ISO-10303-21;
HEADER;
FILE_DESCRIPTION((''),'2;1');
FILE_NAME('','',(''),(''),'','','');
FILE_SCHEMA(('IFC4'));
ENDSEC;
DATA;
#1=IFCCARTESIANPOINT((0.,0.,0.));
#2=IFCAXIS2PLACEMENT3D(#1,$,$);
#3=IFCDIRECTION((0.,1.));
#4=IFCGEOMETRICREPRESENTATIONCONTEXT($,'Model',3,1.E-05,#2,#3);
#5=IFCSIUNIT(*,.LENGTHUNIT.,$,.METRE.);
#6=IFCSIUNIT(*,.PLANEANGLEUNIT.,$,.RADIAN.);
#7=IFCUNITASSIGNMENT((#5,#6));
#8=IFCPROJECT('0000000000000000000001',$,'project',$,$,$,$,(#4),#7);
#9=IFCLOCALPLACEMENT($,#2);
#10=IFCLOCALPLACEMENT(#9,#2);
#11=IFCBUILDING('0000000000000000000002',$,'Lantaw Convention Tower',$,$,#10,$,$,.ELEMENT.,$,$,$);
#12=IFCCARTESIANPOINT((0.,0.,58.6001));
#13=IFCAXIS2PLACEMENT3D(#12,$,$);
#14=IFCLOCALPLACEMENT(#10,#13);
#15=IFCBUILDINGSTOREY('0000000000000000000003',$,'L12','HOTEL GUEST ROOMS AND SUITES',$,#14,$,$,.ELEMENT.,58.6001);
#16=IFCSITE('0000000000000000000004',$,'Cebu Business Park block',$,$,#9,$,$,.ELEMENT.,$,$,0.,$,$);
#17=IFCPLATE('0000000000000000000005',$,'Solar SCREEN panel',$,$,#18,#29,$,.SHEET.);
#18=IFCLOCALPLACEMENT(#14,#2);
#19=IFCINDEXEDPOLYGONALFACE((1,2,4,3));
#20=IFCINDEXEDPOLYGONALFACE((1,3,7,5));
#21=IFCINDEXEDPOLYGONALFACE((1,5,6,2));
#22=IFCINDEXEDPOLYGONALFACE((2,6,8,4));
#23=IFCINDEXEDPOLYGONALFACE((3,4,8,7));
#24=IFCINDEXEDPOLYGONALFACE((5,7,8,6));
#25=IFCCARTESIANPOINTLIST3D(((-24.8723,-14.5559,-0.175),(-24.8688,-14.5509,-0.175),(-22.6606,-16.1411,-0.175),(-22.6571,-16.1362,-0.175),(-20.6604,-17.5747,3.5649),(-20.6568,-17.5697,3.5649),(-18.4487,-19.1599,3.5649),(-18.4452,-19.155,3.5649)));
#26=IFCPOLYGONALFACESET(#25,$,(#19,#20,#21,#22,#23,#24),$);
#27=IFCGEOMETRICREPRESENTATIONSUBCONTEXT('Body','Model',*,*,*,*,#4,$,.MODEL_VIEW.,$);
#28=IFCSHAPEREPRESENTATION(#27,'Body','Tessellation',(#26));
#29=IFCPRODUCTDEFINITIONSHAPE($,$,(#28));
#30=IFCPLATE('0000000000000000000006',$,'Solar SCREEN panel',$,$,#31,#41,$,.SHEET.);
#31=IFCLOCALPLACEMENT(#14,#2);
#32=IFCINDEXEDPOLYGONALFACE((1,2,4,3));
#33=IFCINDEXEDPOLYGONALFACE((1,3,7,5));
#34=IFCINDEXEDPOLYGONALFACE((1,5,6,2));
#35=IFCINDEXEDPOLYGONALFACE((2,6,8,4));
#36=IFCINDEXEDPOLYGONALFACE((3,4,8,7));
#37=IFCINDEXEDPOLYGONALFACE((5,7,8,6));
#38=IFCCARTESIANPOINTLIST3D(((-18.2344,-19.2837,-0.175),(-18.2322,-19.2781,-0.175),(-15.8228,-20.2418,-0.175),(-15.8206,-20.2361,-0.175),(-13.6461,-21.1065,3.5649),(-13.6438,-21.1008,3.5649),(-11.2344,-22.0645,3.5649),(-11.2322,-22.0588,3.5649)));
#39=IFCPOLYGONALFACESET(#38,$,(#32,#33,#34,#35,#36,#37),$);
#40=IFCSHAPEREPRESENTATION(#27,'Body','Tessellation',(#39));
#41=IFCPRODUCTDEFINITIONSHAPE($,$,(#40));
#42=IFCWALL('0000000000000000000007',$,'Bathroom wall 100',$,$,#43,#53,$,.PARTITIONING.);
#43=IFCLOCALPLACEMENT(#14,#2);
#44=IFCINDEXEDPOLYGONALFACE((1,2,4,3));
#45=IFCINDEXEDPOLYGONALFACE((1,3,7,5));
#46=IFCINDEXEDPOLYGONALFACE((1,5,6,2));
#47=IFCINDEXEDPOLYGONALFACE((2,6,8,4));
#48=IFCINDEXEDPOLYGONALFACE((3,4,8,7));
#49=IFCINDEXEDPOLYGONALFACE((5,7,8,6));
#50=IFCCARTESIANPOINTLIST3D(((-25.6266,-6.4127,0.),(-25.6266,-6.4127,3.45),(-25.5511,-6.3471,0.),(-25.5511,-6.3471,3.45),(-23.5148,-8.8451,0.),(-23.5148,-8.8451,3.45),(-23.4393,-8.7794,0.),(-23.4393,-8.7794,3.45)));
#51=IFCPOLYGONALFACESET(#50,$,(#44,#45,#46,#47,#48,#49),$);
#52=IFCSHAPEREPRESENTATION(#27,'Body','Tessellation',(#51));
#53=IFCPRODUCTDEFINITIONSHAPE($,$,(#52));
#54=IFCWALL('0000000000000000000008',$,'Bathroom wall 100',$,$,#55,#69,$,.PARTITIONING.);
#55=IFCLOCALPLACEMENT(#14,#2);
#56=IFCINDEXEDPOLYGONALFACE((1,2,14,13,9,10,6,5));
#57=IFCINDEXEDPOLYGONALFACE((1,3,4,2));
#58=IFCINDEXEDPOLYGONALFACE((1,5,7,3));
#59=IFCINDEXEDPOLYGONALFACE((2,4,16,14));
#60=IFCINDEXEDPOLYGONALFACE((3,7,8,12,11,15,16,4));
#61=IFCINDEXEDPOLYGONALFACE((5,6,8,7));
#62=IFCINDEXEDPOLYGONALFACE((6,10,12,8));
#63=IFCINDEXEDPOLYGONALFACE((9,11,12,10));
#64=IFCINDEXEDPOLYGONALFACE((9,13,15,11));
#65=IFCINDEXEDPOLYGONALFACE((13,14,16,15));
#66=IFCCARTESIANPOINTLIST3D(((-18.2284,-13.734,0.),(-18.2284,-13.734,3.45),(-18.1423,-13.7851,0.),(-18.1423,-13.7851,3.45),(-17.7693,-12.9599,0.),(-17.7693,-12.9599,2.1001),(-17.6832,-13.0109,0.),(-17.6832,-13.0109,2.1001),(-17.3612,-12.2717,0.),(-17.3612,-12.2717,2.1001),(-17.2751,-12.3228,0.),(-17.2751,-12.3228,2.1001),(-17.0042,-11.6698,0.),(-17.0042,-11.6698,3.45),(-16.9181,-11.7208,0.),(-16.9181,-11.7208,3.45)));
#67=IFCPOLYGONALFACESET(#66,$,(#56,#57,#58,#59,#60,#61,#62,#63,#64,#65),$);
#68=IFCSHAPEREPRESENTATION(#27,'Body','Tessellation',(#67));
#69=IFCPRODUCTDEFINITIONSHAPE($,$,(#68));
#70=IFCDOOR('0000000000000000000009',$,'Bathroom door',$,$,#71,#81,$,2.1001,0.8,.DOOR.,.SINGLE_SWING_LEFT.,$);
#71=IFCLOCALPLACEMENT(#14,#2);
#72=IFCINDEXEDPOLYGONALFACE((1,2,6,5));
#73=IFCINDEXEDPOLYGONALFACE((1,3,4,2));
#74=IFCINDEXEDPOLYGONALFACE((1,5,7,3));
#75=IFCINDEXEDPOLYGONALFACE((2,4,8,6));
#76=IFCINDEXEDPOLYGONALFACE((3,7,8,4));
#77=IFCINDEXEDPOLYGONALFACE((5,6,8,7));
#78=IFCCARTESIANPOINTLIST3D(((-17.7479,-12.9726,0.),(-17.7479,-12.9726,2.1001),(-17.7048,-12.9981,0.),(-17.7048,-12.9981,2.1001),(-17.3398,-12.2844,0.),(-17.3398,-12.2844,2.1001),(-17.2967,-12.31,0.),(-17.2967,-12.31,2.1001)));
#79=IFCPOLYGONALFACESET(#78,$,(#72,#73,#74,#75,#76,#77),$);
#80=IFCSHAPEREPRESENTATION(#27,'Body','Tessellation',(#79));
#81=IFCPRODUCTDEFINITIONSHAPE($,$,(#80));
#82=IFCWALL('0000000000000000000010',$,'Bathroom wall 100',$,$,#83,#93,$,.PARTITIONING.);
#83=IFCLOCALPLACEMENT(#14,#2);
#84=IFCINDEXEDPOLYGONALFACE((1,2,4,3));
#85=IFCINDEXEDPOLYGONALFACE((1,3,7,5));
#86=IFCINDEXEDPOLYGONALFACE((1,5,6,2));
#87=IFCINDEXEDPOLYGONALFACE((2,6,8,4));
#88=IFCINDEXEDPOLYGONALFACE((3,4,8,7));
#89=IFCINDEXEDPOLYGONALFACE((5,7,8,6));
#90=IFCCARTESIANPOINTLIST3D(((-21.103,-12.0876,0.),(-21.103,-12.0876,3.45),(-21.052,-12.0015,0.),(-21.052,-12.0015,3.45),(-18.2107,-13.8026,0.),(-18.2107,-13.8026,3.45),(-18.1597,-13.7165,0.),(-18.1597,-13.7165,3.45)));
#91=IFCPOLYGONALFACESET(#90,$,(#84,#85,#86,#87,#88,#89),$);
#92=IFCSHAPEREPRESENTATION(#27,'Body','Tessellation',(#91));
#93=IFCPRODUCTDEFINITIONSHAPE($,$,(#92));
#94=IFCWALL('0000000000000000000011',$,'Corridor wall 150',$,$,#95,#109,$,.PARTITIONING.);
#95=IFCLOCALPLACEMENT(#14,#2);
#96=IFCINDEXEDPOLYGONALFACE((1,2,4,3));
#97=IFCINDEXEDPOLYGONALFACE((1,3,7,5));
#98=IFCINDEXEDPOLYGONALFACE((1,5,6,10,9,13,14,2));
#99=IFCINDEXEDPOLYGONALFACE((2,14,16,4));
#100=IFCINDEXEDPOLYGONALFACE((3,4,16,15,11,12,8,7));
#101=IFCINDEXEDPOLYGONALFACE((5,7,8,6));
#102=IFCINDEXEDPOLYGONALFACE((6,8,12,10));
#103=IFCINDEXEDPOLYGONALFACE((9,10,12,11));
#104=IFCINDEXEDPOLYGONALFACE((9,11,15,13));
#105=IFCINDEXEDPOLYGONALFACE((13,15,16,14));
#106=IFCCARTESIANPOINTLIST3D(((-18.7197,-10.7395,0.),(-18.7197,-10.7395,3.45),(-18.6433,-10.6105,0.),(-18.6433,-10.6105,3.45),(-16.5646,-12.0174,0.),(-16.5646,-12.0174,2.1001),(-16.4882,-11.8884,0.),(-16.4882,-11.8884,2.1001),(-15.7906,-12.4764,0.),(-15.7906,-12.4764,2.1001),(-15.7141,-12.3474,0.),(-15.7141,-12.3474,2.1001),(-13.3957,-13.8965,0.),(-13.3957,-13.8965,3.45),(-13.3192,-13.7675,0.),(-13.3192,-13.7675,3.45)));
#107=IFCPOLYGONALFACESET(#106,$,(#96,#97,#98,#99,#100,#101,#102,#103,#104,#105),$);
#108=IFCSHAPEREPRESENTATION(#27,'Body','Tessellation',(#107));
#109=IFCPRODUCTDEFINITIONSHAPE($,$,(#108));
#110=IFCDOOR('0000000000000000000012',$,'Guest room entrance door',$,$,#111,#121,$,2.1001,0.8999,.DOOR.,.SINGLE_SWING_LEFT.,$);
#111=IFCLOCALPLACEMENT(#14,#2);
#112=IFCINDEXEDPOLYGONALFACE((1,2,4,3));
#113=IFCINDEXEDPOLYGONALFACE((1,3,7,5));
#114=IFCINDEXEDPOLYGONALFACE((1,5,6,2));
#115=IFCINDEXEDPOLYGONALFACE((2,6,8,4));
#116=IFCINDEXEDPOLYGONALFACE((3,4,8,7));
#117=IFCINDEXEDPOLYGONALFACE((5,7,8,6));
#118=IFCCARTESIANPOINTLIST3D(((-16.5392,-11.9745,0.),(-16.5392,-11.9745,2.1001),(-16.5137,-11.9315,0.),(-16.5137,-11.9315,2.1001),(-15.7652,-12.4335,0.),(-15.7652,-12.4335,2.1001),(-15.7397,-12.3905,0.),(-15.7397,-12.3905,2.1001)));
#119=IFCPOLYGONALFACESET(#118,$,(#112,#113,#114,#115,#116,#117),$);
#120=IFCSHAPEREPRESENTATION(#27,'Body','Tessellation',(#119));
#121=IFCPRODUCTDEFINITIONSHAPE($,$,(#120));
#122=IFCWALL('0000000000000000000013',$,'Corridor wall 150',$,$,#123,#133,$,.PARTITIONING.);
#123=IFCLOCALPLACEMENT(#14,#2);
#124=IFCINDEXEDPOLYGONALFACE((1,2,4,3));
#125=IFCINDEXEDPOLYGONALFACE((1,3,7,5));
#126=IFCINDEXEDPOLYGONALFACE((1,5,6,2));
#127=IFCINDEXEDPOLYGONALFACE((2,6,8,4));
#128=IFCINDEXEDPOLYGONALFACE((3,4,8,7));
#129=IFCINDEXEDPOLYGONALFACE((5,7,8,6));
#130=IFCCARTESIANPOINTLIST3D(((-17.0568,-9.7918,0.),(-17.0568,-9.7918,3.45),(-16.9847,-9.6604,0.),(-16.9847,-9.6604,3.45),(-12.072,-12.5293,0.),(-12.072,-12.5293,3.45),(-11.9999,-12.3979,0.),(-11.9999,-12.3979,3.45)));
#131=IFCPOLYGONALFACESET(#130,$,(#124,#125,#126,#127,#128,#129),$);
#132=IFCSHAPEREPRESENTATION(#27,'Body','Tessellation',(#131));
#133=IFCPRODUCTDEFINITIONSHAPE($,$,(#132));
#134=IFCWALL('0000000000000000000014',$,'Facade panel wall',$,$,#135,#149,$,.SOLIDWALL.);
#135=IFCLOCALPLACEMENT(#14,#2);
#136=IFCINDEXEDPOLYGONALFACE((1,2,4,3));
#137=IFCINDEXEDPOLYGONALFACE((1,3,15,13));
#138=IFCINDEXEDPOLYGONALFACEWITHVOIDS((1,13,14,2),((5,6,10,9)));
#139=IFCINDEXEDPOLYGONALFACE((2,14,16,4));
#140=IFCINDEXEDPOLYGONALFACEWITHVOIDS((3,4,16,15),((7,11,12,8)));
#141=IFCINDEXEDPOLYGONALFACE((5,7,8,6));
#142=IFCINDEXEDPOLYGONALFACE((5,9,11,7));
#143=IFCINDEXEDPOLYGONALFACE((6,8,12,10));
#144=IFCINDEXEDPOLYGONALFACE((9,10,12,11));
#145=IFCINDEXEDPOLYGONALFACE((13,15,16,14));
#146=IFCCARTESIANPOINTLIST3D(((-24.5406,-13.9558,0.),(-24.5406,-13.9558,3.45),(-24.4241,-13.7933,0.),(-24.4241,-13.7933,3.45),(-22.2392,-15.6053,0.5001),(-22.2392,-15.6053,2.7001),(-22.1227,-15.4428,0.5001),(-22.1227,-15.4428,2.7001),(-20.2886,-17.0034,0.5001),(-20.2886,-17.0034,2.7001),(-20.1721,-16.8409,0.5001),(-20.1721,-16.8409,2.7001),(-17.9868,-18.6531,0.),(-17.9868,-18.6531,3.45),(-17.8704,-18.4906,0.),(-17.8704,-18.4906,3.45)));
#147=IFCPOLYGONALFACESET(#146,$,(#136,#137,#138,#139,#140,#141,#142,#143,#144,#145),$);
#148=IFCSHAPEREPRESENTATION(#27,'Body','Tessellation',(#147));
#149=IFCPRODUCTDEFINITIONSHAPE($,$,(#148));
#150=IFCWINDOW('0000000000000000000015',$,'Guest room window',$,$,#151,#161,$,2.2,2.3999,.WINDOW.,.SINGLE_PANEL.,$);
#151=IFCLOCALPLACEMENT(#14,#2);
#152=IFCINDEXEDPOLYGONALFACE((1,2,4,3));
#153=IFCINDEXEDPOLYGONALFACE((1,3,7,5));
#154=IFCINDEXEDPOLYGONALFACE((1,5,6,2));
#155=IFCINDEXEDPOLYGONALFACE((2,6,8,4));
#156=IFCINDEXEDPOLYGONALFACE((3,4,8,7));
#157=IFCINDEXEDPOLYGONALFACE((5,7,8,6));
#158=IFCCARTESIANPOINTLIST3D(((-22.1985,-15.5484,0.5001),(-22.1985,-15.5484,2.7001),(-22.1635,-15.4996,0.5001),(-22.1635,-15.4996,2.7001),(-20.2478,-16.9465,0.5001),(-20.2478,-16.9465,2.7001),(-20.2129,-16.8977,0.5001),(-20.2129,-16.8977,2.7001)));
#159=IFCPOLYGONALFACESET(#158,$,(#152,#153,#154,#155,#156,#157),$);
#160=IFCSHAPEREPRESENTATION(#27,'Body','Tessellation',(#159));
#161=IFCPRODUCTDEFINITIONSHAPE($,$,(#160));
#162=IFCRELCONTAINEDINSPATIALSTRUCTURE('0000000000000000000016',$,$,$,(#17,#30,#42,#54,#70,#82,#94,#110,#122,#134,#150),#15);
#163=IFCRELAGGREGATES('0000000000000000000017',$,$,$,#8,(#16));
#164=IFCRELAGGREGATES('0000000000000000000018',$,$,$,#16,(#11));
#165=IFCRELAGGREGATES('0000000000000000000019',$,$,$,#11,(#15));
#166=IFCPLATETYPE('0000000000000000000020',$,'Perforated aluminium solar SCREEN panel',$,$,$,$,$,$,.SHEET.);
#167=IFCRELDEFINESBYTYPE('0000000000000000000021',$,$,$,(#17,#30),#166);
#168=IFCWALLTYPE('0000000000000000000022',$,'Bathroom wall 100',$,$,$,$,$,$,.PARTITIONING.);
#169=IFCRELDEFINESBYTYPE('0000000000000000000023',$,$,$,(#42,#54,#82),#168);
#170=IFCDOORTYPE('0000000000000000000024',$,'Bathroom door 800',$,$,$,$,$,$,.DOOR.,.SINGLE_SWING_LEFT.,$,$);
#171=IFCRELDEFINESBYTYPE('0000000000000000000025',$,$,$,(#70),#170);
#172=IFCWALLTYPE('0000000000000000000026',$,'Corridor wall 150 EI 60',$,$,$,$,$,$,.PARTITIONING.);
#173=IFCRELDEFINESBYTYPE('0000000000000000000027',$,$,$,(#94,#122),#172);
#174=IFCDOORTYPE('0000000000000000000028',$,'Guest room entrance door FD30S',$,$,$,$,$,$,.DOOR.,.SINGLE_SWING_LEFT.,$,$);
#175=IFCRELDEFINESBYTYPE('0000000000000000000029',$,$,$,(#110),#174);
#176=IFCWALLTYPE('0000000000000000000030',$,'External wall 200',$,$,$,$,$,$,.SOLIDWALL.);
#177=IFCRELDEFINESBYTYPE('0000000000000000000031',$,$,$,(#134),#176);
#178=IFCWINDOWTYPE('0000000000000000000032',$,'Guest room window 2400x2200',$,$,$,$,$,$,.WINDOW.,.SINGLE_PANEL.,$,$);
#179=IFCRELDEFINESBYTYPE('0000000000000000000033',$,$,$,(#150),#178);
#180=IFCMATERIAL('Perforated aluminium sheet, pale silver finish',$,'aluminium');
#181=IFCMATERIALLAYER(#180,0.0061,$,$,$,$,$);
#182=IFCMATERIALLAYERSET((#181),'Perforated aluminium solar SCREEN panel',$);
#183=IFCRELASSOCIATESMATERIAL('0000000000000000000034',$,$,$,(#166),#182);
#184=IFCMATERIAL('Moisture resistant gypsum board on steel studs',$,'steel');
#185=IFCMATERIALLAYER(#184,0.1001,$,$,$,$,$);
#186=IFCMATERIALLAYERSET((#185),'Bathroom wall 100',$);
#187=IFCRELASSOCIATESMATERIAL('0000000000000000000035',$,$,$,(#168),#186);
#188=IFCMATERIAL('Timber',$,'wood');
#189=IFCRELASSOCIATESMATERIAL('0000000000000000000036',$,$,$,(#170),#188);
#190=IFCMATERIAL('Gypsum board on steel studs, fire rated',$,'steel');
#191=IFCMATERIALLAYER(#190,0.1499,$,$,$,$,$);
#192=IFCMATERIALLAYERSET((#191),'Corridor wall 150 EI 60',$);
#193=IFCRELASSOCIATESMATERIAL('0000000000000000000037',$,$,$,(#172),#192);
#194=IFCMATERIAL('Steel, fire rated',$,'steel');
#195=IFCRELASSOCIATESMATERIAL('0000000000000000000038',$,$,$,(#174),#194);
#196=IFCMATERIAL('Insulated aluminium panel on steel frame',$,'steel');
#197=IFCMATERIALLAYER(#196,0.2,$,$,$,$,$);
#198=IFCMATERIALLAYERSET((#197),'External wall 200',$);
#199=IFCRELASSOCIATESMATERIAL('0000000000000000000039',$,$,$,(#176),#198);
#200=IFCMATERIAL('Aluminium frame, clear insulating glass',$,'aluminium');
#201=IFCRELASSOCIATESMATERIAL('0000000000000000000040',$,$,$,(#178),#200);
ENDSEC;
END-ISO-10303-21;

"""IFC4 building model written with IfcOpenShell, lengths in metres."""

from ifc_helpers import new_model, si_unit, direction, frame, frame_2d, origin, place, context, subcontext, project, spatial, polyline, rectangle, outline, extrude, material, layer, layer_set, type_object, element, fill, save


model = new_model("IFC4")

# Units and contexts
model_context = context("Model", 3, precision=1e-05, world=origin(), true_north=direction((0.0, 1.0)))
body_context = subcontext(model_context, "Body", "Model", "MODEL_VIEW")
ifc_project = project(units=[si_unit("LENGTHUNIT", "METRE"), si_unit("PLANEANGLEUNIT", "RADIAN")], contexts=[model_context])

# Site, building, storey
site_placement = place(None, origin())
site = spatial("IfcSite", under=ifc_project, at=site_placement, Name="Cebu Business Park block", CompositionType="ELEMENT", RefElevation=0.0)
building_placement = place(site_placement, origin())
building = spatial("IfcBuilding", under=site, at=building_placement, Name="Lantaw Convention Tower", CompositionType="ELEMENT")
storey_placement = place(building_placement, frame((0.0, 0.0, 58.6001)))
storey = spatial("IfcBuildingStorey", under=building, at=storey_placement, Name="L12", Description="HOTEL GUEST ROOMS AND SUITES", CompositionType="ELEMENT", Elevation=58.6001)

# Plates
ifc_material_1 = material(Name="Perforated aluminium sheet, pale silver finish", Category="aluminium")
ifc_layer_1 = layer(ifc_material_1, 0.0061)
ifc_layer_set_1 = layer_set([ifc_layer_1], Name="Perforated aluminium solar SCREEN panel")
plate_type = type_object("IfcPlateType", Name="Perforated aluminium solar SCREEN panel", PredefinedType="SHEET", material=ifc_layer_set_1)
plate_1_placement = place(storey_placement, frame((-24.8723, -14.5559, -0.175), z_axis=(-0.582561, -0.812787, 0.000016), x_axis=(0.812787, -0.582561, 0.0)))
element("IfcPlate", 1, at=plate_1_placement, inside=storey, type_object=plate_type, Name="Solar SCREEN panel", PredefinedType="SHEET", context=body_context, shape_type="SweptSolid", body=[
    extrude(outline(polyline([(0.0, 0.0), (2.7211, 0.0), (7.9031, 3.74), (5.182, 3.74), (0.0, 0.0)])), origin(), (0.0, 0.0, -1.0), 0.0061),
])
plate_2_placement = place(storey_placement, frame((-18.2322, -19.2781, -0.175), z_axis=(0.369184, 0.929357, 0.000009), x_axis=(0.929357, -0.369184, 0.0)))
element("IfcPlate", 2, at=plate_2_placement, inside=storey, type_object=plate_type, Name="Solar SCREEN panel", PredefinedType="SHEET", context=body_context, shape_type="SweptSolid", body=[
    extrude(outline(polyline([(0.0, 0.0), (2.5949, 0.0), (7.5321, -3.74), (4.9372, -3.74), (0.0, 0.0)])), origin(), (0.0, 0.0, -1.0), 0.0061),
])

# Wall
ifc_material_2 = material(Name="Moisture resistant gypsum board on steel studs", Category="steel")
ifc_layer_2 = layer(ifc_material_2, 0.1001)
ifc_layer_set_2 = layer_set([ifc_layer_2], Name="Bathroom wall 100")
wall_type_1 = type_object("IfcWallType", Name="Bathroom wall 100", PredefinedType="PARTITIONING", material=ifc_layer_set_2)
wall_1_placement = place(storey_placement, frame((-23.4771, -8.8123, 0.0), z_axis=(0.0, 0.0, 1.0), x_axis=(-0.655597, 0.755111, 0.0)))
element("IfcWall", 3, at=wall_1_placement, inside=storey, type_object=wall_type_1, Name="Bathroom wall 100", PredefinedType="PARTITIONING", context=body_context, shape_type="SweptSolid", body=[
    extrude(rectangle(XDim=3.2212, YDim=0.1001, at=frame_2d((1.6106, 0.0))), origin(), (0.0, 0.0, 1.0), 3.45),
])

# Wall, opening, door
wall_2_placement = place(storey_placement, frame((-16.9612, -11.6953, 0.0), z_axis=(0.0, 0.0, 1.0), x_axis=(-0.510076, -0.86013, 0.0)))
wall_2 = element("IfcWall", 4, at=wall_2_placement, inside=storey, type_object=wall_type_1, Name="Bathroom wall 100", PredefinedType="PARTITIONING", context=body_context, shape_type="SweptSolid", body=[
    extrude(rectangle(XDim=2.3999, YDim=0.1001, at=frame_2d((1.2, 0.0))), origin(), (0.0, 0.0, 1.0), 3.45),
])
opening_1_placement = place(wall_2_placement, frame((0.7, 0.0, 0.0)))
opening_1 = element("IfcOpeningElement", 5, at=opening_1_placement, cuts=wall_2, PredefinedType="OPENING", context=body_context, shape_type="SweptSolid", body=[
    extrude(rectangle(XDim=0.8, YDim=2.1001, at=frame_2d((0.3999, 1.05))), frame((0.0, 0.0601, 0.0), z_axis=(0.0, -1.0, 0.0), x_axis=(1.0, 0.0, 0.0)), (0.0, 0.0, 1.0), 0.1201),
])
ifc_material_3 = material(Name="Timber", Category="wood")
door_type_1 = type_object("IfcDoorType", Name="Bathroom door 800", OperationType="SINGLE_SWING_LEFT", PredefinedType="DOOR", material=ifc_material_3)
door_1_placement = place(opening_1_placement, origin())
door_1 = element("IfcDoor", 6, at=door_1_placement, inside=storey, type_object=door_type_1, Name="Bathroom door", OperationType="SINGLE_SWING_LEFT", OverallHeight=2.1001, OverallWidth=0.8, PredefinedType="DOOR", context=body_context, shape_type="SweptSolid", body=[
    extrude(rectangle(XDim=0.8, YDim=2.1001, at=frame_2d((0.3999, 1.05))), frame((0.0, 0.0249, 0.0), z_axis=(0.0, -1.0, 0.0), x_axis=(1.0, 0.0, 0.0)), (0.0, 0.0, 1.0), 0.05),
])
fill(opening_1, door_1)

# Wall
wall_3_placement = place(storey_placement, frame((-18.1853, -13.7595, 0.0), z_axis=(0.0, 0.0, 1.0), x_axis=(-0.860146, 0.510047, 0.0)))
element("IfcWall", 7, at=wall_3_placement, inside=storey, type_object=wall_type_1, Name="Bathroom wall 100", PredefinedType="PARTITIONING", context=body_context, shape_type="SweptSolid", body=[
    extrude(rectangle(XDim=3.3625, YDim=0.1001, at=frame_2d((1.6812, 0.0))), origin(), (0.0, 0.0, 1.0), 3.45),
])

# Wall, opening, door
ifc_material_4 = material(Name="Gypsum board on steel studs, fire rated", Category="steel")
ifc_layer_3 = layer(ifc_material_4, 0.1499)
ifc_layer_set_3 = layer_set([ifc_layer_3], Name="Corridor wall 150 EI 60")
wall_type_2 = type_object("IfcWallType", Name="Corridor wall 150 EI 60", PredefinedType="PARTITIONING", material=ifc_layer_set_3)
wall_4_placement = place(storey_placement, frame((-18.6814, -10.675, 0.0), z_axis=(0.0, 0.0, 1.0), x_axis=(0.860147, -0.510046, 0.0)))
wall_4 = element("IfcWall", 8, at=wall_4_placement, inside=storey, type_object=wall_type_2, Name="Corridor wall 150", PredefinedType="PARTITIONING", context=body_context, shape_type="SweptSolid", body=[
    extrude(rectangle(XDim=6.1897, YDim=0.1499, at=frame_2d((3.0947, 0.0))), origin(), (0.0, 0.0, 1.0), 3.45),
])
opening_2_placement = place(wall_4_placement, frame((2.5054, 0.0, 0.0)))
opening_2 = element("IfcOpeningElement", 9, at=opening_2_placement, cuts=wall_4, PredefinedType="OPENING", context=body_context, shape_type="SweptSolid", body=[
    extrude(rectangle(XDim=0.8999, YDim=2.1001, at=frame_2d((0.45, 1.05))), frame((0.0, 0.085, 0.0), z_axis=(0.0, -1.0, 0.0), x_axis=(1.0, 0.0, 0.0)), (0.0, 0.0, 1.0), 0.1699),
])
ifc_material_5 = material(Name="Steel, fire rated", Category="steel")
door_type_2 = type_object("IfcDoorType", Name="Guest room entrance door FD30S", OperationType="SINGLE_SWING_LEFT", PredefinedType="DOOR", material=ifc_material_5)
door_2_placement = place(opening_2_placement, origin())
door_2 = element("IfcDoor", 10, at=door_2_placement, inside=storey, type_object=door_type_2, Name="Guest room entrance door", OperationType="SINGLE_SWING_LEFT", OverallHeight=2.1001, OverallWidth=0.8999, PredefinedType="DOOR", context=body_context, shape_type="SweptSolid", body=[
    extrude(rectangle(XDim=0.8999, YDim=2.1001, at=frame_2d((0.45, 1.05))), frame((0.0, 0.0249, 0.0), z_axis=(0.0, -1.0, 0.0), x_axis=(1.0, 0.0, 0.0)), (0.0, 0.0, 1.0), 0.05),
])
fill(opening_2, door_2)

# Wall
wall_5_placement = place(storey_placement, frame((-17.0208, -9.7261, 0.0), z_axis=(0.0, 0.0, 1.0), x_axis=(0.876522, -0.481362, 0.0)))
element("IfcWall", 11, at=wall_5_placement, inside=storey, type_object=wall_type_2, Name="Corridor wall 150", PredefinedType="PARTITIONING", context=body_context, shape_type="SweptSolid", body=[
    extrude(rectangle(XDim=5.687, YDim=0.1499, at=frame_2d((2.8435, 0.0))), origin(), (0.0, 0.0, 1.0), 3.45),
])

# Wall, opening, window
ifc_material_6 = material(Name="Insulated aluminium panel on steel frame", Category="steel")
ifc_layer_4 = layer(ifc_material_6, 0.2)
ifc_layer_set_4 = layer_set([ifc_layer_4], Name="External wall 200")
wall_type_3 = type_object("IfcWallType", Name="External wall 200", PredefinedType="SOLIDWALL", material=ifc_layer_set_4)
wall_6_placement = place(storey_placement, frame((-24.4824, -13.8745, 0.0), z_axis=(0.0, 0.0, 1.0), x_axis=(0.812791, -0.582555, 0.0)))
wall_6 = element("IfcWall", 12, at=wall_6_placement, inside=storey, type_object=wall_type_3, Name="Facade panel wall", PredefinedType="SOLIDWALL", context=body_context, shape_type="SweptSolid", body=[
    extrude(rectangle(XDim=8.0632, YDim=0.2, at=frame_2d((4.0317, 0.0))), origin(), (0.0, 0.0, 1.0), 3.45),
])
opening_3_placement = place(wall_6_placement, frame((2.8315, 0.0, 0.5)))
opening_3 = element("IfcOpeningElement", 13, at=opening_3_placement, cuts=wall_6, PredefinedType="OPENING", context=body_context, shape_type="SweptSolid", body=[
    extrude(rectangle(XDim=2.3999, YDim=2.2, at=frame_2d((1.2, 1.1001))), frame((0.0, 0.1099, 0.0), z_axis=(0.0, -1.0, 0.0), x_axis=(1.0, 0.0, 0.0)), (0.0, 0.0, 1.0), 0.22),
])
ifc_material_7 = material(Name="Aluminium frame, clear insulating glass", Category="aluminium")
window_type = type_object("IfcWindowType", Name="Guest room window 2400x2200", PartitioningType="SINGLE_PANEL", PredefinedType="WINDOW", material=ifc_material_7)
window_1_placement = place(opening_3_placement, origin())
window_1 = element("IfcWindow", 14, at=window_1_placement, inside=storey, type_object=window_type, Name="Guest room window", OverallHeight=2.2, OverallWidth=2.3999, PartitioningType="SINGLE_PANEL", PredefinedType="WINDOW", context=body_context, shape_type="SweptSolid", body=[
    extrude(rectangle(XDim=2.3999, YDim=2.2, at=frame_2d((1.2, 1.1001))), frame((0.0, 0.03, 0.0), z_axis=(0.0, -1.0, 0.0), x_axis=(1.0, 0.0, 0.0)), (0.0, 0.0, 1.0), 0.0601),
])
fill(opening_3, window_1)

save(model, "model.ifc")
